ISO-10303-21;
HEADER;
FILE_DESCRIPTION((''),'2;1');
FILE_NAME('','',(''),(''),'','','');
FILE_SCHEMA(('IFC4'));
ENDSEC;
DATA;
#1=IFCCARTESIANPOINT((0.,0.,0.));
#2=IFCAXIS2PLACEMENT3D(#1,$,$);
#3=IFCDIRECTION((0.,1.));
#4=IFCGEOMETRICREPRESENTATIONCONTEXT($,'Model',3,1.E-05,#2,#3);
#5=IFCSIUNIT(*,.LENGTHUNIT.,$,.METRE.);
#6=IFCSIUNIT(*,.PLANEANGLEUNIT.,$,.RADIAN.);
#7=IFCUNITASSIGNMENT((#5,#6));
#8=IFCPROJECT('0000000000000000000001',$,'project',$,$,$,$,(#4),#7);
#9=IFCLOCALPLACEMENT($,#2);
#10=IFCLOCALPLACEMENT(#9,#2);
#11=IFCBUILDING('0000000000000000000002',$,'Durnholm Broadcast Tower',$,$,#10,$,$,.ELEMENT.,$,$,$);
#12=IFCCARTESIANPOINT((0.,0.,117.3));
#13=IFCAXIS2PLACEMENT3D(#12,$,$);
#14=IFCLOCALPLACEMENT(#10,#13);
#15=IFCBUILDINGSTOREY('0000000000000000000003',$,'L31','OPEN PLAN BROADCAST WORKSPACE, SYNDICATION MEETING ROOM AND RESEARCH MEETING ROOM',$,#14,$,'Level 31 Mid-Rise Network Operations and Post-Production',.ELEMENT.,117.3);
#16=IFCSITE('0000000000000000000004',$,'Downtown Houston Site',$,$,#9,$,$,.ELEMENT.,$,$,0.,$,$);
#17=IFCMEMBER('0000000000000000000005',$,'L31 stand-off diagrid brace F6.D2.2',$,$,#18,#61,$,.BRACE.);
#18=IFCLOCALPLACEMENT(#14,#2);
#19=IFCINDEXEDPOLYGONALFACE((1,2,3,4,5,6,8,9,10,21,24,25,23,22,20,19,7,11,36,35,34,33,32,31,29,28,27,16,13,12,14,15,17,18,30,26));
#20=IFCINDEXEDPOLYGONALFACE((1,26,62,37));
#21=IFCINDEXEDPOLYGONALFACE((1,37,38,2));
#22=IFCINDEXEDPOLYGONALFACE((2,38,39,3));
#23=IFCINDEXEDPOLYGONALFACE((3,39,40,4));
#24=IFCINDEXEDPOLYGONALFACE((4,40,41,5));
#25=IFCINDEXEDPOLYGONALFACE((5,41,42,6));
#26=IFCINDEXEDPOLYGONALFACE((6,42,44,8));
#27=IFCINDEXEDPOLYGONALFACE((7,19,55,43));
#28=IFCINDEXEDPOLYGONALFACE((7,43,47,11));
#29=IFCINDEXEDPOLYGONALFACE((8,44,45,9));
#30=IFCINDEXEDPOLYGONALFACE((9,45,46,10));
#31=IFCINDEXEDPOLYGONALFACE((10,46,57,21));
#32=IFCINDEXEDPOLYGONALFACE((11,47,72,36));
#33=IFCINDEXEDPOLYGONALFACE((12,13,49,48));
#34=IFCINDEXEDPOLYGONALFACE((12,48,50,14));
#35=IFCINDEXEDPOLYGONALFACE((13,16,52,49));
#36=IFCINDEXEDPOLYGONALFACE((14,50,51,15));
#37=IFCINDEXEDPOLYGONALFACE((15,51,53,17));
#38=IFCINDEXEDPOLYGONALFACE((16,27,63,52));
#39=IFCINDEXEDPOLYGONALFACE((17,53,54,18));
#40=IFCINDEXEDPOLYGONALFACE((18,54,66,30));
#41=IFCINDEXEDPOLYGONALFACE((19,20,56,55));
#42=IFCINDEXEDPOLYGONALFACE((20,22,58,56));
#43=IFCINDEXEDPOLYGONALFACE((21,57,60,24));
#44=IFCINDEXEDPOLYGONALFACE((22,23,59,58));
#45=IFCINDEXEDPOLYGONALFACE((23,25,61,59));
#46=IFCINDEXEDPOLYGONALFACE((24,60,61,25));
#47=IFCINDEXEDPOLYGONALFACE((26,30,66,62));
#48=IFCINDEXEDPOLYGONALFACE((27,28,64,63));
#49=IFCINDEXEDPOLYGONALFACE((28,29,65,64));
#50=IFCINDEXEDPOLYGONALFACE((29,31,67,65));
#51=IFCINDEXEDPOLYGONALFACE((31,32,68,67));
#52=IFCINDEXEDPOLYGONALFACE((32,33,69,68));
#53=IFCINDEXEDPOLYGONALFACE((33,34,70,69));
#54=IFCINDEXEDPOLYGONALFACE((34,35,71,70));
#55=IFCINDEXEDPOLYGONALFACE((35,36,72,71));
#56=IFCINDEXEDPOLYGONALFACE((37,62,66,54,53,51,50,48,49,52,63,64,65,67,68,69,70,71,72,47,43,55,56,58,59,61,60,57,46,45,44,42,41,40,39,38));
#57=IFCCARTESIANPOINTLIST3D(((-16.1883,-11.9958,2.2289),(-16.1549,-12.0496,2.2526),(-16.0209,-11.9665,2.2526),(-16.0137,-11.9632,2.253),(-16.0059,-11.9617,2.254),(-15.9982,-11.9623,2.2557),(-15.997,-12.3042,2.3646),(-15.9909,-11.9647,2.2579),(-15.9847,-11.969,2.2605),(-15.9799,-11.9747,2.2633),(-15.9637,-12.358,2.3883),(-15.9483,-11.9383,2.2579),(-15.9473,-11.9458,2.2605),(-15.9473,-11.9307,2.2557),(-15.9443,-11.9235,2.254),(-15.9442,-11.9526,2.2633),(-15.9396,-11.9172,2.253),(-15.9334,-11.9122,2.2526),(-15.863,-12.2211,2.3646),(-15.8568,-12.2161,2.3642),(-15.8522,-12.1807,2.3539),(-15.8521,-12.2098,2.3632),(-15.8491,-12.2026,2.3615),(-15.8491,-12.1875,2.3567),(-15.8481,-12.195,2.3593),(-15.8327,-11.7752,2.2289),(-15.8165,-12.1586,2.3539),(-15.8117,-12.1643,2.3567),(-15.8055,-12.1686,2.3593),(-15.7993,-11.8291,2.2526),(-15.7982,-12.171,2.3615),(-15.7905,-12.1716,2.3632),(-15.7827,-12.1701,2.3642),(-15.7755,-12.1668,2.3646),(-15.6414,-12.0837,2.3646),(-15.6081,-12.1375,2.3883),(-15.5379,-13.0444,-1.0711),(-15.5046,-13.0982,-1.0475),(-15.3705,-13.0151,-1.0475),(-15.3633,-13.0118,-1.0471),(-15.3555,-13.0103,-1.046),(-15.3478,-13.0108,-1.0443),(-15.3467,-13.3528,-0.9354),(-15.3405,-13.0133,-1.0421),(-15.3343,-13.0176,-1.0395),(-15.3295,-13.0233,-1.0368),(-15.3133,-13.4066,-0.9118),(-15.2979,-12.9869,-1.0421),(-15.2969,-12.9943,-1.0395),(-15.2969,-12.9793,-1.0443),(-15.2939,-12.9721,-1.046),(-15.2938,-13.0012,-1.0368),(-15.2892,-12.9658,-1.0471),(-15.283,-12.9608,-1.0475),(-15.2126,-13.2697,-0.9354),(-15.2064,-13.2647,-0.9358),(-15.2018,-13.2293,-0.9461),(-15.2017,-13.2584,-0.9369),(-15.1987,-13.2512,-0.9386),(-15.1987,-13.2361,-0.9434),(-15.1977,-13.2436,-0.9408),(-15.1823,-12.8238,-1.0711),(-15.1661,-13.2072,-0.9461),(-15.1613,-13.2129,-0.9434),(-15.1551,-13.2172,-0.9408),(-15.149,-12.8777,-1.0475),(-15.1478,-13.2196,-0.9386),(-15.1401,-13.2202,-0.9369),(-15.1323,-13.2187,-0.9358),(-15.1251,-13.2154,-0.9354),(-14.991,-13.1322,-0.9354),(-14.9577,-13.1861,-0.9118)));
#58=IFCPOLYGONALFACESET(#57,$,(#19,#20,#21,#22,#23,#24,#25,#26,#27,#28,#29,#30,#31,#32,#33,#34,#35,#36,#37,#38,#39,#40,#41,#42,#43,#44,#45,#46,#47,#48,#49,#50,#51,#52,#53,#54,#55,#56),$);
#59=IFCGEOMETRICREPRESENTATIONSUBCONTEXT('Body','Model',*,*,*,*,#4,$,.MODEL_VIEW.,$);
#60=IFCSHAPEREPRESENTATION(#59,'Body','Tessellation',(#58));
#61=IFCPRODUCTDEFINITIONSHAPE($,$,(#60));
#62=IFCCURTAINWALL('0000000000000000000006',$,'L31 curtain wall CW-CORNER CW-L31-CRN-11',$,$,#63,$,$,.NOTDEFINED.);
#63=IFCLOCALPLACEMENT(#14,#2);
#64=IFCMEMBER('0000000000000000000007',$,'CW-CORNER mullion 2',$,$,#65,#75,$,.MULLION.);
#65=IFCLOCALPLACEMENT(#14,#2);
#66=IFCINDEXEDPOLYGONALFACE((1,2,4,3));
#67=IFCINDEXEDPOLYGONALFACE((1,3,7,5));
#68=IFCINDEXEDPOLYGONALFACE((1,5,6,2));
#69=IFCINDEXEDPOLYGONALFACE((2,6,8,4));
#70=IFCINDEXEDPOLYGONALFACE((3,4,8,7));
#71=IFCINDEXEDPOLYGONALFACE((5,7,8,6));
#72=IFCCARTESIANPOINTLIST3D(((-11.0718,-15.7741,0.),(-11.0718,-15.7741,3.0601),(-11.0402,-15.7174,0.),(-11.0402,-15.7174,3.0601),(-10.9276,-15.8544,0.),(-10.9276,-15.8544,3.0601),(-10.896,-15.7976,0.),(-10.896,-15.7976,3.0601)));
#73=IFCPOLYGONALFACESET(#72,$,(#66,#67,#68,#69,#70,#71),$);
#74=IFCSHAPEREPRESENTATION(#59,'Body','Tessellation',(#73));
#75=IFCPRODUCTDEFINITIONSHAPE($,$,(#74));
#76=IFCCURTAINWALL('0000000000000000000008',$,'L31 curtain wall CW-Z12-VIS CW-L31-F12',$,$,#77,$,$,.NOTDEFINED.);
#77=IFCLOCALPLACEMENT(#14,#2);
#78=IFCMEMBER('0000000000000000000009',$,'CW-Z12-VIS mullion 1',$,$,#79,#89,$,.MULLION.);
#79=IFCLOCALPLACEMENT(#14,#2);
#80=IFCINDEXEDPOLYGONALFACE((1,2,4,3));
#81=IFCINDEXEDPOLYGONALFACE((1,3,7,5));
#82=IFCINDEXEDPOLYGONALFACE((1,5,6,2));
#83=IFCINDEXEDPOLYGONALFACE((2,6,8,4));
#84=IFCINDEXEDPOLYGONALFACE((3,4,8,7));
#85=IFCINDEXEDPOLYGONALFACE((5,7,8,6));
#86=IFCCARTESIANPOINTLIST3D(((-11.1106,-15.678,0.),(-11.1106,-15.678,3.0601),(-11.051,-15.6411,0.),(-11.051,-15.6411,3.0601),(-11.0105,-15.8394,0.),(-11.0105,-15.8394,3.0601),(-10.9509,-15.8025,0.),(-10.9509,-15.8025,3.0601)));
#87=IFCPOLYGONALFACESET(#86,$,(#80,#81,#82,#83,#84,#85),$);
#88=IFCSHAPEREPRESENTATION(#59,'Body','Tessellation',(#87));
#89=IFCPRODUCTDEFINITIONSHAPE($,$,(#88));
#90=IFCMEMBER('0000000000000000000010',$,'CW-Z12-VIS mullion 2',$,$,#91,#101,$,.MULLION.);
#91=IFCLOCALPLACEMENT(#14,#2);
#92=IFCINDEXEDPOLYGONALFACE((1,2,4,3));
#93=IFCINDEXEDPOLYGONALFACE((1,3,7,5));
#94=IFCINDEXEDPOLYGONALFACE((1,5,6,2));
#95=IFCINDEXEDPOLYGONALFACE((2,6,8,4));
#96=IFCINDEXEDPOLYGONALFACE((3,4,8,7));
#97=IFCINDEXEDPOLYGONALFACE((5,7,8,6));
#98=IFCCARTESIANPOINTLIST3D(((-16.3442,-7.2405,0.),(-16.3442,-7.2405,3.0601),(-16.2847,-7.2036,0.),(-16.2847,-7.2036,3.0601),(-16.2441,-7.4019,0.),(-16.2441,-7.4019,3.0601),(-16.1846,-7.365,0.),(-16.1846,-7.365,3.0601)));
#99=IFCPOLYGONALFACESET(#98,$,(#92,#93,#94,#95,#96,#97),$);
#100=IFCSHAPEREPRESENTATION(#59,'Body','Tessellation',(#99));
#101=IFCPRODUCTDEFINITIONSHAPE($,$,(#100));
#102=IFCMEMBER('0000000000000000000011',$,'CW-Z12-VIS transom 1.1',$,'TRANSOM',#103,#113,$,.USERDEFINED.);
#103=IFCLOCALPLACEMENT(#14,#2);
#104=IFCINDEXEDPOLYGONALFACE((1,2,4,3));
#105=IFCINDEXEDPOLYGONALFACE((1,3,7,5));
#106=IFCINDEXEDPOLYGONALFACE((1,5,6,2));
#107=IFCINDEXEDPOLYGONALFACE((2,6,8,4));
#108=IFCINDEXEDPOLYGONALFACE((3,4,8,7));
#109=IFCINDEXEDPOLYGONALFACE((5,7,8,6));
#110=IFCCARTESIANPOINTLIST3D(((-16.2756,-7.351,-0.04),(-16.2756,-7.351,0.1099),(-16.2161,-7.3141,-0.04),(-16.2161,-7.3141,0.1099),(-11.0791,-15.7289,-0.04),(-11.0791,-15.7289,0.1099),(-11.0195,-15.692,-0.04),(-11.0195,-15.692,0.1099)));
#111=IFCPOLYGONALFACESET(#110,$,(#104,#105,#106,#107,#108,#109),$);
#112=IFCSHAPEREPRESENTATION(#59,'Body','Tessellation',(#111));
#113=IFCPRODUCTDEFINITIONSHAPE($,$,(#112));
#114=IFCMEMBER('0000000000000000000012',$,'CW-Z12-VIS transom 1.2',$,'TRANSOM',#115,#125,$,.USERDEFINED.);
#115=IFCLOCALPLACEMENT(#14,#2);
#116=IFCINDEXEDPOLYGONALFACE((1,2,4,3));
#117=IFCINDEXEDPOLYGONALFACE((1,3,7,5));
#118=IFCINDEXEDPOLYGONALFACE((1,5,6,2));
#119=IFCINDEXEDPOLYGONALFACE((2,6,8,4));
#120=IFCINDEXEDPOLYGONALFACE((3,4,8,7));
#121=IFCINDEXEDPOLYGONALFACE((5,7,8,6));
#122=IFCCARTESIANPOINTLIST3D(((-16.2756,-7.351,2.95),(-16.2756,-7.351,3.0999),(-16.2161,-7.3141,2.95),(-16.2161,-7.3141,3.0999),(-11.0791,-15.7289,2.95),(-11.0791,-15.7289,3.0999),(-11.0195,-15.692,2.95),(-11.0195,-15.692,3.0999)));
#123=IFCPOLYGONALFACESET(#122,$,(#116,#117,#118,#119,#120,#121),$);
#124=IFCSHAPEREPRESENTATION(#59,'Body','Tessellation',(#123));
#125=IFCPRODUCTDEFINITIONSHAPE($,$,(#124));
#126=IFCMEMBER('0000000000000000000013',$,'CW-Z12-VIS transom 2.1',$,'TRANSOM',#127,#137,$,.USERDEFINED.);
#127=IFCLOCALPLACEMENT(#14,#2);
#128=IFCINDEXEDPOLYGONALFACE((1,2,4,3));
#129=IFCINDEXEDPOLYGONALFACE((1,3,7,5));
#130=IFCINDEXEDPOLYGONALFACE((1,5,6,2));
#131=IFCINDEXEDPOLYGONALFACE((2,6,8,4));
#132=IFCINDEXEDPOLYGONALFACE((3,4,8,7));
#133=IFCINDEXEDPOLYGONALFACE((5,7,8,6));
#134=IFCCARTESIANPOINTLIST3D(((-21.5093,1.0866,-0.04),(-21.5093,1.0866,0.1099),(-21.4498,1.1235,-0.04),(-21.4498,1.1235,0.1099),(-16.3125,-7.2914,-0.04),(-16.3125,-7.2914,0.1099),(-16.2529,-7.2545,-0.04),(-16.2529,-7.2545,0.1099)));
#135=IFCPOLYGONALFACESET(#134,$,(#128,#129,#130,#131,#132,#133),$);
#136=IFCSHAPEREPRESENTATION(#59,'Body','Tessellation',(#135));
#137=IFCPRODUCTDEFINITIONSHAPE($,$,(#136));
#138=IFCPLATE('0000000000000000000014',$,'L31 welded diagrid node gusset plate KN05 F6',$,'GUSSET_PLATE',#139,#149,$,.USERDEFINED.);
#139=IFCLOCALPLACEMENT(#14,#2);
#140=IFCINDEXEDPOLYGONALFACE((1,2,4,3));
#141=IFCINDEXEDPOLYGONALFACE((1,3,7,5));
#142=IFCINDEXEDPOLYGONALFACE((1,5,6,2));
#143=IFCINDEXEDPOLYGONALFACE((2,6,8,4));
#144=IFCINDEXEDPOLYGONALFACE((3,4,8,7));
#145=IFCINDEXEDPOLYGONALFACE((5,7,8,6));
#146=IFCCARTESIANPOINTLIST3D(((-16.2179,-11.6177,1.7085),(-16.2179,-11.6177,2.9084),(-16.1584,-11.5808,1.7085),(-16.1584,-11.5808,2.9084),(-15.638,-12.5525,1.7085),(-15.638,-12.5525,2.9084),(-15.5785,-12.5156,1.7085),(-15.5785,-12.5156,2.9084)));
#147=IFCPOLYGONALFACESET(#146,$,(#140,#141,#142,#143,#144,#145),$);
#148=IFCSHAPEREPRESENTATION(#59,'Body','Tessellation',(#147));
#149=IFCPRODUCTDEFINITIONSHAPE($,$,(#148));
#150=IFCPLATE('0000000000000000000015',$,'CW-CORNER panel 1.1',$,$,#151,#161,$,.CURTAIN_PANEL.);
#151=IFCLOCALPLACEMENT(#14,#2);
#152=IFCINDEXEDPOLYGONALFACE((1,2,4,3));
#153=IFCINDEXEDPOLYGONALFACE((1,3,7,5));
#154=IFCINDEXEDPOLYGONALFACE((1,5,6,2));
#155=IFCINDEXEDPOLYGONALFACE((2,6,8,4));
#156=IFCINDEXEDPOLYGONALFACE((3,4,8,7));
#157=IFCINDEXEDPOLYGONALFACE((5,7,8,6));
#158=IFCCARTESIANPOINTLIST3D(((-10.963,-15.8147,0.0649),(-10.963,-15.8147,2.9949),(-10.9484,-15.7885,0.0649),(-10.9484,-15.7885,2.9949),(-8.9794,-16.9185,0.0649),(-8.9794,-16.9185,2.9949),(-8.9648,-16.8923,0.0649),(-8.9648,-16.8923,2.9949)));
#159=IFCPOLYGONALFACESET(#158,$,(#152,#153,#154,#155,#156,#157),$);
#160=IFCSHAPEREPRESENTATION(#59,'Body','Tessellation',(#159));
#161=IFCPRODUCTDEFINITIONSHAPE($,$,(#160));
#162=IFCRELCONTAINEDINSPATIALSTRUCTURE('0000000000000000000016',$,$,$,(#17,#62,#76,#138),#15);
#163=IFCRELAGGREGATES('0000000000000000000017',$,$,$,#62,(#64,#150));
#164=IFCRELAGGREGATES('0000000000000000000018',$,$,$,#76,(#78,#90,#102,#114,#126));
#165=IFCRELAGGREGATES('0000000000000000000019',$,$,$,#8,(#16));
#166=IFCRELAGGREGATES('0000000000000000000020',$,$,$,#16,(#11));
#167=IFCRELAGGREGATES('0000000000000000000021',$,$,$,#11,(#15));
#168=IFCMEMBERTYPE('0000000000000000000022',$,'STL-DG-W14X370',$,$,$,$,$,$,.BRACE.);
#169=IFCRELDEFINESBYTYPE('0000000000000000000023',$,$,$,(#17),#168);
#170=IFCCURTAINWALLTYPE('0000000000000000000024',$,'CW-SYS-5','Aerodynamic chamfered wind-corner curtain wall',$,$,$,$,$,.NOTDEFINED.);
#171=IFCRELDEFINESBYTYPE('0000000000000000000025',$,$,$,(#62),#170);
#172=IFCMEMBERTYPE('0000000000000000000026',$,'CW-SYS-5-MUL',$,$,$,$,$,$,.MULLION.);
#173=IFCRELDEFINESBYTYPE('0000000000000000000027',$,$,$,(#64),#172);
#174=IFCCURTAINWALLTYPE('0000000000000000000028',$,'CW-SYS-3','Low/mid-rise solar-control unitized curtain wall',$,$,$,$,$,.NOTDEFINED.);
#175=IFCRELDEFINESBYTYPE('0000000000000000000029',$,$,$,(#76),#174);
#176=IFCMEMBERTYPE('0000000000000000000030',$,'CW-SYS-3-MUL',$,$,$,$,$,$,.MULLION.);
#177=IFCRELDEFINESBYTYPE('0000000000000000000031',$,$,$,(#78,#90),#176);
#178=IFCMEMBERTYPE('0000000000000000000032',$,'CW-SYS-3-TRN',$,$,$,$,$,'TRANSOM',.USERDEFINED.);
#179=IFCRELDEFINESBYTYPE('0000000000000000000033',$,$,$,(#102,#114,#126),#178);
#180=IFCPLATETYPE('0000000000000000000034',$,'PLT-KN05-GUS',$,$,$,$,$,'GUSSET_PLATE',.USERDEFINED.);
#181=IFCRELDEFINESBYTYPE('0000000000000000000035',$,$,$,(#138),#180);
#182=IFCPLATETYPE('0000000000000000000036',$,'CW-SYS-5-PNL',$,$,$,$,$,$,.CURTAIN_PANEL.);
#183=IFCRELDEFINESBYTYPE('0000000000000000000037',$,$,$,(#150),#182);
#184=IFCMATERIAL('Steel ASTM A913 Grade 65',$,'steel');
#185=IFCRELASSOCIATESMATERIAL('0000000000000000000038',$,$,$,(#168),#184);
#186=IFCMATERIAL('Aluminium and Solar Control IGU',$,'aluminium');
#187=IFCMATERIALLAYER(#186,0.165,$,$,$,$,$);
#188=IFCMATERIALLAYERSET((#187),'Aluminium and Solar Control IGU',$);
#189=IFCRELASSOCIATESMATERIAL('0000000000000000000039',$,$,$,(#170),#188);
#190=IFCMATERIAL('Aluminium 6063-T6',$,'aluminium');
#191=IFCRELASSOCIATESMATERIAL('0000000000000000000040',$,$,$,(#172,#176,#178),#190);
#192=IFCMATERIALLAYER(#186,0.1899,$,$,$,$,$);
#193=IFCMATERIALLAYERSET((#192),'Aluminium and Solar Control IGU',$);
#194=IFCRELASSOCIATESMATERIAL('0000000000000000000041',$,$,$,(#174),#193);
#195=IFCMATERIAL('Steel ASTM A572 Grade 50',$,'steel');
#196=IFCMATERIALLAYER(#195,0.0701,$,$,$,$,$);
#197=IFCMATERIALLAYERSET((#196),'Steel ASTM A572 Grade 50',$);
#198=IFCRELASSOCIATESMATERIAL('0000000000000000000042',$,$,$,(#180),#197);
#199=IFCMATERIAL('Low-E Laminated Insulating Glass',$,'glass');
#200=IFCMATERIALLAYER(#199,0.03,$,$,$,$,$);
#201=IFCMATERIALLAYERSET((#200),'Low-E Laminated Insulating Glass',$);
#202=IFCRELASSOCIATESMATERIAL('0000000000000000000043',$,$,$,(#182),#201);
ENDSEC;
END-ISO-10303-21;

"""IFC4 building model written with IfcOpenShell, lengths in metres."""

from ifc_helpers import new_model, si_unit, direction, frame, origin, origin_2d, place, context, subcontext, project, spatial, rectangle, i_section, extrude, source, transform, mapped, material, layer, layer_set, material_profile, profile_set, type_object, type_shapes, element, aggregate, save


model = new_model("IFC4")

# Units and contexts
model_context = context("Model", 3, precision=1e-05, world=origin(), true_north=direction((0.0, 1.0)))
body_context = subcontext(model_context, "Body", "Model", "MODEL_VIEW")
ifc_project = project(units=[si_unit("LENGTHUNIT", "METRE"), si_unit("PLANEANGLEUNIT", "RADIAN")], contexts=[model_context])

# Site, building, storey
site_placement = place(None, origin())
site = spatial("IfcSite", under=ifc_project, at=site_placement, Name="Downtown Houston Site", CompositionType="ELEMENT", RefElevation=0.0)
building_placement = place(site_placement, origin())
building = spatial("IfcBuilding", under=site, at=building_placement, Name="Durnholm Broadcast Tower", CompositionType="ELEMENT")
storey_placement = place(building_placement, frame((0.0, 0.0, 117.3)))
storey = spatial("IfcBuildingStorey", under=building, at=storey_placement, Name="L31", Description="OPEN PLAN BROADCAST WORKSPACE, SYNDICATION MEETING ROOM AND RESEARCH MEETING ROOM", LongName="Level 31 Mid-Rise Network Operations and Post-Production", CompositionType="ELEMENT", Elevation=117.3)

# Member
ifc_material_1 = material(Name="Steel ASTM A913 Grade 65", Category="steel")
ifc_material_profile_1 = material_profile(ifc_material_1, i_section(OverallWidth=0.4185, OverallDepth=0.4551, WebThickness=0.042, FlangeThickness=0.0676, FilletRadius=0.0305, at=origin_2d()), Name="W14X370")
ifc_profile_set_1 = profile_set([ifc_material_profile_1], Name="Steel ASTM A913 Grade 65")
member_type_1 = type_object("IfcMemberType", Name="STL-DG-W14X370", PredefinedType="BRACE", material=ifc_profile_set_1)
shared_shape_1 = source(origin(), body_context, "Body", "SweptSolid", [
    extrude(i_section(OverallWidth=0.4185, OverallDepth=0.4551, WebThickness=0.042, FlangeThickness=0.0676, FilletRadius=0.0305, at=origin_2d()), origin(), (0.0, 0.0, 1.0), 3.5232),
])
type_shapes(member_type_1, [shared_shape_1])
for number, where, z_axis, x_axis, name in (
    (1, (-15.2478, -13.1152, -0.9915), (-0.184603, 0.297624, 0.936665), (-0.849805, -0.527097, 0.0), "L31 stand-off diagrid brace F6.D2.2"),
):
    element("IfcMember", number, at=place(storey_placement, frame(where, z_axis=z_axis, x_axis=x_axis)), inside=storey, type_object=member_type_1, Name=name, PredefinedType="BRACE", context=body_context, shape_type="MappedRepresentation", body=[
        mapped(shared_shape_1, transform((0.0, 0.0, 0.0), x_axis=(1.0, 0.0, 0.0), y_axis=(0.0, 1.0, 0.0), z_axis=(0.0, 0.0, 1.0), scale=1.0)),
    ])

# Curtain wall, member
ifc_material_2 = material(Name="Aluminium and Solar Control IGU", Category="aluminium")
ifc_layer_1 = layer(ifc_material_2, 0.165)
ifc_layer_set_1 = layer_set([ifc_layer_1], Name="Aluminium and Solar Control IGU")
curtain_wall_type_1 = type_object("IfcCurtainWallType", Name="CW-SYS-5", Description="Aerodynamic chamfered wind-corner curtain wall", PredefinedType="NOTDEFINED", material=ifc_layer_set_1)
curtain_wall_1_placement = place(storey_placement, origin())
curtain_wall_1 = element("IfcCurtainWall", 2, at=curtain_wall_1_placement, inside=storey, type_object=curtain_wall_type_1, Name="L31 curtain wall CW-CORNER CW-L31-CRN-11", PredefinedType="NOTDEFINED")
ifc_material_3 = material(Name="Aluminium 6063-T6", Category="aluminium")
ifc_material_profile_2 = material_profile(ifc_material_3, rectangle(XDim=0.0649, YDim=0.165, at=origin_2d()), Name="CWM65X165")
ifc_profile_set_2 = profile_set([ifc_material_profile_2], Name="Aluminium 6063-T6")
member_type_2 = type_object("IfcMemberType", Name="CW-SYS-5-MUL", PredefinedType="MULLION", material=ifc_profile_set_2)
shared_shape_2 = source(origin(), body_context, "Body", "SweptSolid", [
    extrude(rectangle(XDim=0.0649, YDim=0.165, at=origin_2d()), origin(), (0.0, 0.0, 1.0), 3.0601),
])
type_shapes(member_type_2, [shared_shape_2])
member_1_placement = place(storey_placement, frame((-10.9839, -15.7859, 0.0), z_axis=(0.0, 0.0, 1.0), x_axis=(-0.486244, -0.873823, 0.0)))
member_1 = element("IfcMember", 3, at=member_1_placement, type_object=member_type_2, Name="CW-CORNER mullion 2", PredefinedType="MULLION", context=body_context, shape_type="MappedRepresentation", body=[
    mapped(shared_shape_2, transform((0.0, 0.0, 0.0), x_axis=(1.0, 0.0, 0.0), y_axis=(0.0, 1.0, 0.0), z_axis=(0.0, 0.0, 1.0), scale=1.0)),
])

# Curtain wall, members
ifc_layer_2 = layer(ifc_material_2, 0.1899)
ifc_layer_set_2 = layer_set([ifc_layer_2], Name="Aluminium and Solar Control IGU")
curtain_wall_type_2 = type_object("IfcCurtainWallType", Name="CW-SYS-3", Description="Low/mid-rise solar-control unitized curtain wall", PredefinedType="NOTDEFINED", material=ifc_layer_set_2)
curtain_wall_2_placement = place(storey_placement, origin())
curtain_wall_2 = element("IfcCurtainWall", 4, at=curtain_wall_2_placement, inside=storey, type_object=curtain_wall_type_2, Name="L31 curtain wall CW-Z12-VIS CW-L31-F12", PredefinedType="NOTDEFINED")
ifc_material_profile_3 = material_profile(ifc_material_3, rectangle(XDim=0.0701, YDim=0.1899, at=origin_2d()), Name="CWM70X190")
ifc_profile_set_3 = profile_set([ifc_material_profile_3], Name="Aluminium 6063-T6")
member_type_3 = type_object("IfcMemberType", Name="CW-SYS-3-MUL", PredefinedType="MULLION", material=ifc_profile_set_3)
shared_shape_3 = source(origin(), body_context, "Body", "SweptSolid", [
    extrude(rectangle(XDim=0.0701, YDim=0.1899, at=origin_2d()), origin(), (0.0, 0.0, 1.0), 3.0601),
])
type_shapes(member_type_3, [shared_shape_3])
member_2_placement = place(storey_placement, frame((-11.0308, -15.7402, 0.0), z_axis=(0.0, 0.0, 1.0), x_axis=(-0.8498, -0.527105, 0.0)))
member_2 = element("IfcMember", 5, at=member_2_placement, type_object=member_type_3, Name="CW-Z12-VIS mullion 1", PredefinedType="MULLION", context=body_context, shape_type="MappedRepresentation", body=[
    mapped(shared_shape_3, transform((0.0, 0.0, 0.0), x_axis=(1.0, 0.0, 0.0), y_axis=(0.0, 1.0, 0.0), z_axis=(0.0, 0.0, 1.0), scale=1.0)),
])
member_3_placement = place(storey_placement, frame((-16.2644, -7.3027, 0.0), z_axis=(0.0, 0.0, 1.0), x_axis=(-0.8498, -0.527105, 0.0)))
member_3 = element("IfcMember", 6, at=member_3_placement, type_object=member_type_3, Name="CW-Z12-VIS mullion 2", PredefinedType="MULLION", context=body_context, shape_type="MappedRepresentation", body=[
    mapped(shared_shape_3, transform((0.0, 0.0, 0.0), x_axis=(1.0, 0.0, 0.0), y_axis=(0.0, 1.0, 0.0), z_axis=(0.0, 0.0, 1.0), scale=1.0)),
])
ifc_material_profile_4 = material_profile(ifc_material_3, rectangle(XDim=0.0701, YDim=0.1499, at=origin_2d()), Name="CWT70X150")
ifc_profile_set_4 = profile_set([ifc_material_profile_4], Name="Aluminium 6063-T6")
member_type_4 = type_object("IfcMemberType", Name="CW-SYS-3-TRN", ElementType="TRANSOM", PredefinedType="USERDEFINED", material=ifc_profile_set_4)
shared_shape_4 = source(origin(), body_context, "Body", "SweptSolid", [
    extrude(rectangle(XDim=0.0701, YDim=0.1499, at=origin_2d()), origin(), (0.0, 0.0, 1.0), 9.8586),
])
member_4_placement = place(storey_placement, frame((-11.0493, -15.7104, 0.0349), z_axis=(-0.527102, 0.849802, 0.0), x_axis=(-0.849802, -0.527102, 0.0)))
member_4 = element("IfcMember", 7, at=member_4_placement, type_object=member_type_4, Name="CW-Z12-VIS transom 1.1", ObjectType="TRANSOM", PredefinedType="USERDEFINED", context=body_context, shape_type="MappedRepresentation", body=[
    mapped(shared_shape_4, transform((0.0, 0.0, 0.0), x_axis=(1.0, 0.0, 0.0), y_axis=(0.0, 1.0, 0.0), z_axis=(0.0, 0.0, 1.0), scale=1.0)),
])
member_5_placement = place(storey_placement, frame((-11.0493, -15.7104, 3.0249), z_axis=(-0.527102, 0.849802, 0.0), x_axis=(-0.849802, -0.527102, 0.0)))
member_5 = element("IfcMember", 8, at=member_5_placement, type_object=member_type_4, Name="CW-Z12-VIS transom 1.2", ObjectType="TRANSOM", PredefinedType="USERDEFINED", context=body_context, shape_type="MappedRepresentation", body=[
    mapped(shared_shape_4, transform((0.0, 0.0, 0.0), x_axis=(1.0, 0.0, 0.0), y_axis=(0.0, 1.0, 0.0), z_axis=(0.0, 0.0, 1.0), scale=1.0)),
])
shared_shape_5 = source(origin(), body_context, "Body", "SweptSolid", [
    extrude(rectangle(XDim=0.0701, YDim=0.1499, at=origin_2d()), origin(), (0.0, 0.0, 1.0), 9.8589),
])
type_shapes(member_type_4, [shared_shape_4, shared_shape_5])
member_6_placement = place(storey_placement, frame((-16.2827, -7.2729, 0.0349), z_axis=(-0.52712, 0.849791, 0.0), x_axis=(-0.849791, -0.52712, 0.0)))
member_6 = element("IfcMember", 9, at=member_6_placement, type_object=member_type_4, Name="CW-Z12-VIS transom 2.1", ObjectType="TRANSOM", PredefinedType="USERDEFINED", context=body_context, shape_type="MappedRepresentation", body=[
    mapped(shared_shape_5, transform((0.0, 0.0, 0.0), x_axis=(1.0, 0.0, 0.0), y_axis=(0.0, 1.0, 0.0), z_axis=(0.0, 0.0, 1.0), scale=1.0)),
])

# Plates
ifc_material_4 = material(Name="Steel ASTM A572 Grade 50", Category="steel")
ifc_layer_3 = layer(ifc_material_4, 0.0701)
ifc_layer_set_3 = layer_set([ifc_layer_3], Name="Steel ASTM A572 Grade 50")
plate_type_1 = type_object("IfcPlateType", Name="PLT-KN05-GUS", ElementType="GUSSET_PLATE", PredefinedType="USERDEFINED", material=ifc_layer_set_3)
shared_shape_6 = source(origin(), body_context, "Body", "SweptSolid", [
    extrude(rectangle(XDim=1.1001, YDim=0.0701, at=origin_2d()), origin(), (0.0, 0.0, 1.0), 1.2),
])
type_shapes(plate_type_1, [shared_shape_6])
plate_1_placement = place(storey_placement, frame((-15.8982, -12.0667, 1.7085), z_axis=(0.0, 0.0, 1.0), x_axis=(0.527104, -0.849801, 0.0)))
element("IfcPlate", 10, at=plate_1_placement, inside=storey, type_object=plate_type_1, Name="L31 welded diagrid node gusset plate KN05 F6", ObjectType="GUSSET_PLATE", PredefinedType="USERDEFINED", context=body_context, shape_type="MappedRepresentation", body=[
    mapped(shared_shape_6, transform((0.0, 0.0, 0.0), x_axis=(1.0, 0.0, 0.0), y_axis=(0.0, 1.0, 0.0), z_axis=(0.0, 0.0, 1.0), scale=1.0)),
])
ifc_material_5 = material(Name="Low-E Laminated Insulating Glass", Category="glass")
ifc_layer_4 = layer(ifc_material_5, 0.03)
ifc_layer_set_4 = layer_set([ifc_layer_4], Name="Low-E Laminated Insulating Glass")
plate_type_2 = type_object("IfcPlateType", Name="CW-SYS-5-PNL", PredefinedType="CURTAIN_PANEL", material=ifc_layer_set_4)
shared_shape_7 = source(origin(), body_context, "Body", "SweptSolid", [
    extrude(rectangle(XDim=2.27, YDim=0.03, at=origin_2d()), origin(), (0.0, 0.0, 1.0), 2.9299),
])
type_shapes(plate_type_2, [shared_shape_7])
plate_2_placement = place(storey_placement, frame((-9.9639, -16.3535, 0.0649), z_axis=(0.0, 0.0, 1.0), x_axis=(-0.873823, 0.486244, 0.0)))
plate_2 = element("IfcPlate", 11, at=plate_2_placement, type_object=plate_type_2, Name="CW-CORNER panel 1.1", PredefinedType="CURTAIN_PANEL", context=body_context, shape_type="MappedRepresentation", body=[
    mapped(shared_shape_7, transform((0.0, 0.0, 0.0), x_axis=(1.0, 0.0, 0.0), y_axis=(0.0, 1.0, 0.0), z_axis=(0.0, 0.0, 1.0), scale=1.0)),
])
aggregate(curtain_wall_1, [member_1, plate_2])
aggregate(curtain_wall_2, [member_2, member_3, member_4, member_5, member_6])

save(model, "model.ifc")
